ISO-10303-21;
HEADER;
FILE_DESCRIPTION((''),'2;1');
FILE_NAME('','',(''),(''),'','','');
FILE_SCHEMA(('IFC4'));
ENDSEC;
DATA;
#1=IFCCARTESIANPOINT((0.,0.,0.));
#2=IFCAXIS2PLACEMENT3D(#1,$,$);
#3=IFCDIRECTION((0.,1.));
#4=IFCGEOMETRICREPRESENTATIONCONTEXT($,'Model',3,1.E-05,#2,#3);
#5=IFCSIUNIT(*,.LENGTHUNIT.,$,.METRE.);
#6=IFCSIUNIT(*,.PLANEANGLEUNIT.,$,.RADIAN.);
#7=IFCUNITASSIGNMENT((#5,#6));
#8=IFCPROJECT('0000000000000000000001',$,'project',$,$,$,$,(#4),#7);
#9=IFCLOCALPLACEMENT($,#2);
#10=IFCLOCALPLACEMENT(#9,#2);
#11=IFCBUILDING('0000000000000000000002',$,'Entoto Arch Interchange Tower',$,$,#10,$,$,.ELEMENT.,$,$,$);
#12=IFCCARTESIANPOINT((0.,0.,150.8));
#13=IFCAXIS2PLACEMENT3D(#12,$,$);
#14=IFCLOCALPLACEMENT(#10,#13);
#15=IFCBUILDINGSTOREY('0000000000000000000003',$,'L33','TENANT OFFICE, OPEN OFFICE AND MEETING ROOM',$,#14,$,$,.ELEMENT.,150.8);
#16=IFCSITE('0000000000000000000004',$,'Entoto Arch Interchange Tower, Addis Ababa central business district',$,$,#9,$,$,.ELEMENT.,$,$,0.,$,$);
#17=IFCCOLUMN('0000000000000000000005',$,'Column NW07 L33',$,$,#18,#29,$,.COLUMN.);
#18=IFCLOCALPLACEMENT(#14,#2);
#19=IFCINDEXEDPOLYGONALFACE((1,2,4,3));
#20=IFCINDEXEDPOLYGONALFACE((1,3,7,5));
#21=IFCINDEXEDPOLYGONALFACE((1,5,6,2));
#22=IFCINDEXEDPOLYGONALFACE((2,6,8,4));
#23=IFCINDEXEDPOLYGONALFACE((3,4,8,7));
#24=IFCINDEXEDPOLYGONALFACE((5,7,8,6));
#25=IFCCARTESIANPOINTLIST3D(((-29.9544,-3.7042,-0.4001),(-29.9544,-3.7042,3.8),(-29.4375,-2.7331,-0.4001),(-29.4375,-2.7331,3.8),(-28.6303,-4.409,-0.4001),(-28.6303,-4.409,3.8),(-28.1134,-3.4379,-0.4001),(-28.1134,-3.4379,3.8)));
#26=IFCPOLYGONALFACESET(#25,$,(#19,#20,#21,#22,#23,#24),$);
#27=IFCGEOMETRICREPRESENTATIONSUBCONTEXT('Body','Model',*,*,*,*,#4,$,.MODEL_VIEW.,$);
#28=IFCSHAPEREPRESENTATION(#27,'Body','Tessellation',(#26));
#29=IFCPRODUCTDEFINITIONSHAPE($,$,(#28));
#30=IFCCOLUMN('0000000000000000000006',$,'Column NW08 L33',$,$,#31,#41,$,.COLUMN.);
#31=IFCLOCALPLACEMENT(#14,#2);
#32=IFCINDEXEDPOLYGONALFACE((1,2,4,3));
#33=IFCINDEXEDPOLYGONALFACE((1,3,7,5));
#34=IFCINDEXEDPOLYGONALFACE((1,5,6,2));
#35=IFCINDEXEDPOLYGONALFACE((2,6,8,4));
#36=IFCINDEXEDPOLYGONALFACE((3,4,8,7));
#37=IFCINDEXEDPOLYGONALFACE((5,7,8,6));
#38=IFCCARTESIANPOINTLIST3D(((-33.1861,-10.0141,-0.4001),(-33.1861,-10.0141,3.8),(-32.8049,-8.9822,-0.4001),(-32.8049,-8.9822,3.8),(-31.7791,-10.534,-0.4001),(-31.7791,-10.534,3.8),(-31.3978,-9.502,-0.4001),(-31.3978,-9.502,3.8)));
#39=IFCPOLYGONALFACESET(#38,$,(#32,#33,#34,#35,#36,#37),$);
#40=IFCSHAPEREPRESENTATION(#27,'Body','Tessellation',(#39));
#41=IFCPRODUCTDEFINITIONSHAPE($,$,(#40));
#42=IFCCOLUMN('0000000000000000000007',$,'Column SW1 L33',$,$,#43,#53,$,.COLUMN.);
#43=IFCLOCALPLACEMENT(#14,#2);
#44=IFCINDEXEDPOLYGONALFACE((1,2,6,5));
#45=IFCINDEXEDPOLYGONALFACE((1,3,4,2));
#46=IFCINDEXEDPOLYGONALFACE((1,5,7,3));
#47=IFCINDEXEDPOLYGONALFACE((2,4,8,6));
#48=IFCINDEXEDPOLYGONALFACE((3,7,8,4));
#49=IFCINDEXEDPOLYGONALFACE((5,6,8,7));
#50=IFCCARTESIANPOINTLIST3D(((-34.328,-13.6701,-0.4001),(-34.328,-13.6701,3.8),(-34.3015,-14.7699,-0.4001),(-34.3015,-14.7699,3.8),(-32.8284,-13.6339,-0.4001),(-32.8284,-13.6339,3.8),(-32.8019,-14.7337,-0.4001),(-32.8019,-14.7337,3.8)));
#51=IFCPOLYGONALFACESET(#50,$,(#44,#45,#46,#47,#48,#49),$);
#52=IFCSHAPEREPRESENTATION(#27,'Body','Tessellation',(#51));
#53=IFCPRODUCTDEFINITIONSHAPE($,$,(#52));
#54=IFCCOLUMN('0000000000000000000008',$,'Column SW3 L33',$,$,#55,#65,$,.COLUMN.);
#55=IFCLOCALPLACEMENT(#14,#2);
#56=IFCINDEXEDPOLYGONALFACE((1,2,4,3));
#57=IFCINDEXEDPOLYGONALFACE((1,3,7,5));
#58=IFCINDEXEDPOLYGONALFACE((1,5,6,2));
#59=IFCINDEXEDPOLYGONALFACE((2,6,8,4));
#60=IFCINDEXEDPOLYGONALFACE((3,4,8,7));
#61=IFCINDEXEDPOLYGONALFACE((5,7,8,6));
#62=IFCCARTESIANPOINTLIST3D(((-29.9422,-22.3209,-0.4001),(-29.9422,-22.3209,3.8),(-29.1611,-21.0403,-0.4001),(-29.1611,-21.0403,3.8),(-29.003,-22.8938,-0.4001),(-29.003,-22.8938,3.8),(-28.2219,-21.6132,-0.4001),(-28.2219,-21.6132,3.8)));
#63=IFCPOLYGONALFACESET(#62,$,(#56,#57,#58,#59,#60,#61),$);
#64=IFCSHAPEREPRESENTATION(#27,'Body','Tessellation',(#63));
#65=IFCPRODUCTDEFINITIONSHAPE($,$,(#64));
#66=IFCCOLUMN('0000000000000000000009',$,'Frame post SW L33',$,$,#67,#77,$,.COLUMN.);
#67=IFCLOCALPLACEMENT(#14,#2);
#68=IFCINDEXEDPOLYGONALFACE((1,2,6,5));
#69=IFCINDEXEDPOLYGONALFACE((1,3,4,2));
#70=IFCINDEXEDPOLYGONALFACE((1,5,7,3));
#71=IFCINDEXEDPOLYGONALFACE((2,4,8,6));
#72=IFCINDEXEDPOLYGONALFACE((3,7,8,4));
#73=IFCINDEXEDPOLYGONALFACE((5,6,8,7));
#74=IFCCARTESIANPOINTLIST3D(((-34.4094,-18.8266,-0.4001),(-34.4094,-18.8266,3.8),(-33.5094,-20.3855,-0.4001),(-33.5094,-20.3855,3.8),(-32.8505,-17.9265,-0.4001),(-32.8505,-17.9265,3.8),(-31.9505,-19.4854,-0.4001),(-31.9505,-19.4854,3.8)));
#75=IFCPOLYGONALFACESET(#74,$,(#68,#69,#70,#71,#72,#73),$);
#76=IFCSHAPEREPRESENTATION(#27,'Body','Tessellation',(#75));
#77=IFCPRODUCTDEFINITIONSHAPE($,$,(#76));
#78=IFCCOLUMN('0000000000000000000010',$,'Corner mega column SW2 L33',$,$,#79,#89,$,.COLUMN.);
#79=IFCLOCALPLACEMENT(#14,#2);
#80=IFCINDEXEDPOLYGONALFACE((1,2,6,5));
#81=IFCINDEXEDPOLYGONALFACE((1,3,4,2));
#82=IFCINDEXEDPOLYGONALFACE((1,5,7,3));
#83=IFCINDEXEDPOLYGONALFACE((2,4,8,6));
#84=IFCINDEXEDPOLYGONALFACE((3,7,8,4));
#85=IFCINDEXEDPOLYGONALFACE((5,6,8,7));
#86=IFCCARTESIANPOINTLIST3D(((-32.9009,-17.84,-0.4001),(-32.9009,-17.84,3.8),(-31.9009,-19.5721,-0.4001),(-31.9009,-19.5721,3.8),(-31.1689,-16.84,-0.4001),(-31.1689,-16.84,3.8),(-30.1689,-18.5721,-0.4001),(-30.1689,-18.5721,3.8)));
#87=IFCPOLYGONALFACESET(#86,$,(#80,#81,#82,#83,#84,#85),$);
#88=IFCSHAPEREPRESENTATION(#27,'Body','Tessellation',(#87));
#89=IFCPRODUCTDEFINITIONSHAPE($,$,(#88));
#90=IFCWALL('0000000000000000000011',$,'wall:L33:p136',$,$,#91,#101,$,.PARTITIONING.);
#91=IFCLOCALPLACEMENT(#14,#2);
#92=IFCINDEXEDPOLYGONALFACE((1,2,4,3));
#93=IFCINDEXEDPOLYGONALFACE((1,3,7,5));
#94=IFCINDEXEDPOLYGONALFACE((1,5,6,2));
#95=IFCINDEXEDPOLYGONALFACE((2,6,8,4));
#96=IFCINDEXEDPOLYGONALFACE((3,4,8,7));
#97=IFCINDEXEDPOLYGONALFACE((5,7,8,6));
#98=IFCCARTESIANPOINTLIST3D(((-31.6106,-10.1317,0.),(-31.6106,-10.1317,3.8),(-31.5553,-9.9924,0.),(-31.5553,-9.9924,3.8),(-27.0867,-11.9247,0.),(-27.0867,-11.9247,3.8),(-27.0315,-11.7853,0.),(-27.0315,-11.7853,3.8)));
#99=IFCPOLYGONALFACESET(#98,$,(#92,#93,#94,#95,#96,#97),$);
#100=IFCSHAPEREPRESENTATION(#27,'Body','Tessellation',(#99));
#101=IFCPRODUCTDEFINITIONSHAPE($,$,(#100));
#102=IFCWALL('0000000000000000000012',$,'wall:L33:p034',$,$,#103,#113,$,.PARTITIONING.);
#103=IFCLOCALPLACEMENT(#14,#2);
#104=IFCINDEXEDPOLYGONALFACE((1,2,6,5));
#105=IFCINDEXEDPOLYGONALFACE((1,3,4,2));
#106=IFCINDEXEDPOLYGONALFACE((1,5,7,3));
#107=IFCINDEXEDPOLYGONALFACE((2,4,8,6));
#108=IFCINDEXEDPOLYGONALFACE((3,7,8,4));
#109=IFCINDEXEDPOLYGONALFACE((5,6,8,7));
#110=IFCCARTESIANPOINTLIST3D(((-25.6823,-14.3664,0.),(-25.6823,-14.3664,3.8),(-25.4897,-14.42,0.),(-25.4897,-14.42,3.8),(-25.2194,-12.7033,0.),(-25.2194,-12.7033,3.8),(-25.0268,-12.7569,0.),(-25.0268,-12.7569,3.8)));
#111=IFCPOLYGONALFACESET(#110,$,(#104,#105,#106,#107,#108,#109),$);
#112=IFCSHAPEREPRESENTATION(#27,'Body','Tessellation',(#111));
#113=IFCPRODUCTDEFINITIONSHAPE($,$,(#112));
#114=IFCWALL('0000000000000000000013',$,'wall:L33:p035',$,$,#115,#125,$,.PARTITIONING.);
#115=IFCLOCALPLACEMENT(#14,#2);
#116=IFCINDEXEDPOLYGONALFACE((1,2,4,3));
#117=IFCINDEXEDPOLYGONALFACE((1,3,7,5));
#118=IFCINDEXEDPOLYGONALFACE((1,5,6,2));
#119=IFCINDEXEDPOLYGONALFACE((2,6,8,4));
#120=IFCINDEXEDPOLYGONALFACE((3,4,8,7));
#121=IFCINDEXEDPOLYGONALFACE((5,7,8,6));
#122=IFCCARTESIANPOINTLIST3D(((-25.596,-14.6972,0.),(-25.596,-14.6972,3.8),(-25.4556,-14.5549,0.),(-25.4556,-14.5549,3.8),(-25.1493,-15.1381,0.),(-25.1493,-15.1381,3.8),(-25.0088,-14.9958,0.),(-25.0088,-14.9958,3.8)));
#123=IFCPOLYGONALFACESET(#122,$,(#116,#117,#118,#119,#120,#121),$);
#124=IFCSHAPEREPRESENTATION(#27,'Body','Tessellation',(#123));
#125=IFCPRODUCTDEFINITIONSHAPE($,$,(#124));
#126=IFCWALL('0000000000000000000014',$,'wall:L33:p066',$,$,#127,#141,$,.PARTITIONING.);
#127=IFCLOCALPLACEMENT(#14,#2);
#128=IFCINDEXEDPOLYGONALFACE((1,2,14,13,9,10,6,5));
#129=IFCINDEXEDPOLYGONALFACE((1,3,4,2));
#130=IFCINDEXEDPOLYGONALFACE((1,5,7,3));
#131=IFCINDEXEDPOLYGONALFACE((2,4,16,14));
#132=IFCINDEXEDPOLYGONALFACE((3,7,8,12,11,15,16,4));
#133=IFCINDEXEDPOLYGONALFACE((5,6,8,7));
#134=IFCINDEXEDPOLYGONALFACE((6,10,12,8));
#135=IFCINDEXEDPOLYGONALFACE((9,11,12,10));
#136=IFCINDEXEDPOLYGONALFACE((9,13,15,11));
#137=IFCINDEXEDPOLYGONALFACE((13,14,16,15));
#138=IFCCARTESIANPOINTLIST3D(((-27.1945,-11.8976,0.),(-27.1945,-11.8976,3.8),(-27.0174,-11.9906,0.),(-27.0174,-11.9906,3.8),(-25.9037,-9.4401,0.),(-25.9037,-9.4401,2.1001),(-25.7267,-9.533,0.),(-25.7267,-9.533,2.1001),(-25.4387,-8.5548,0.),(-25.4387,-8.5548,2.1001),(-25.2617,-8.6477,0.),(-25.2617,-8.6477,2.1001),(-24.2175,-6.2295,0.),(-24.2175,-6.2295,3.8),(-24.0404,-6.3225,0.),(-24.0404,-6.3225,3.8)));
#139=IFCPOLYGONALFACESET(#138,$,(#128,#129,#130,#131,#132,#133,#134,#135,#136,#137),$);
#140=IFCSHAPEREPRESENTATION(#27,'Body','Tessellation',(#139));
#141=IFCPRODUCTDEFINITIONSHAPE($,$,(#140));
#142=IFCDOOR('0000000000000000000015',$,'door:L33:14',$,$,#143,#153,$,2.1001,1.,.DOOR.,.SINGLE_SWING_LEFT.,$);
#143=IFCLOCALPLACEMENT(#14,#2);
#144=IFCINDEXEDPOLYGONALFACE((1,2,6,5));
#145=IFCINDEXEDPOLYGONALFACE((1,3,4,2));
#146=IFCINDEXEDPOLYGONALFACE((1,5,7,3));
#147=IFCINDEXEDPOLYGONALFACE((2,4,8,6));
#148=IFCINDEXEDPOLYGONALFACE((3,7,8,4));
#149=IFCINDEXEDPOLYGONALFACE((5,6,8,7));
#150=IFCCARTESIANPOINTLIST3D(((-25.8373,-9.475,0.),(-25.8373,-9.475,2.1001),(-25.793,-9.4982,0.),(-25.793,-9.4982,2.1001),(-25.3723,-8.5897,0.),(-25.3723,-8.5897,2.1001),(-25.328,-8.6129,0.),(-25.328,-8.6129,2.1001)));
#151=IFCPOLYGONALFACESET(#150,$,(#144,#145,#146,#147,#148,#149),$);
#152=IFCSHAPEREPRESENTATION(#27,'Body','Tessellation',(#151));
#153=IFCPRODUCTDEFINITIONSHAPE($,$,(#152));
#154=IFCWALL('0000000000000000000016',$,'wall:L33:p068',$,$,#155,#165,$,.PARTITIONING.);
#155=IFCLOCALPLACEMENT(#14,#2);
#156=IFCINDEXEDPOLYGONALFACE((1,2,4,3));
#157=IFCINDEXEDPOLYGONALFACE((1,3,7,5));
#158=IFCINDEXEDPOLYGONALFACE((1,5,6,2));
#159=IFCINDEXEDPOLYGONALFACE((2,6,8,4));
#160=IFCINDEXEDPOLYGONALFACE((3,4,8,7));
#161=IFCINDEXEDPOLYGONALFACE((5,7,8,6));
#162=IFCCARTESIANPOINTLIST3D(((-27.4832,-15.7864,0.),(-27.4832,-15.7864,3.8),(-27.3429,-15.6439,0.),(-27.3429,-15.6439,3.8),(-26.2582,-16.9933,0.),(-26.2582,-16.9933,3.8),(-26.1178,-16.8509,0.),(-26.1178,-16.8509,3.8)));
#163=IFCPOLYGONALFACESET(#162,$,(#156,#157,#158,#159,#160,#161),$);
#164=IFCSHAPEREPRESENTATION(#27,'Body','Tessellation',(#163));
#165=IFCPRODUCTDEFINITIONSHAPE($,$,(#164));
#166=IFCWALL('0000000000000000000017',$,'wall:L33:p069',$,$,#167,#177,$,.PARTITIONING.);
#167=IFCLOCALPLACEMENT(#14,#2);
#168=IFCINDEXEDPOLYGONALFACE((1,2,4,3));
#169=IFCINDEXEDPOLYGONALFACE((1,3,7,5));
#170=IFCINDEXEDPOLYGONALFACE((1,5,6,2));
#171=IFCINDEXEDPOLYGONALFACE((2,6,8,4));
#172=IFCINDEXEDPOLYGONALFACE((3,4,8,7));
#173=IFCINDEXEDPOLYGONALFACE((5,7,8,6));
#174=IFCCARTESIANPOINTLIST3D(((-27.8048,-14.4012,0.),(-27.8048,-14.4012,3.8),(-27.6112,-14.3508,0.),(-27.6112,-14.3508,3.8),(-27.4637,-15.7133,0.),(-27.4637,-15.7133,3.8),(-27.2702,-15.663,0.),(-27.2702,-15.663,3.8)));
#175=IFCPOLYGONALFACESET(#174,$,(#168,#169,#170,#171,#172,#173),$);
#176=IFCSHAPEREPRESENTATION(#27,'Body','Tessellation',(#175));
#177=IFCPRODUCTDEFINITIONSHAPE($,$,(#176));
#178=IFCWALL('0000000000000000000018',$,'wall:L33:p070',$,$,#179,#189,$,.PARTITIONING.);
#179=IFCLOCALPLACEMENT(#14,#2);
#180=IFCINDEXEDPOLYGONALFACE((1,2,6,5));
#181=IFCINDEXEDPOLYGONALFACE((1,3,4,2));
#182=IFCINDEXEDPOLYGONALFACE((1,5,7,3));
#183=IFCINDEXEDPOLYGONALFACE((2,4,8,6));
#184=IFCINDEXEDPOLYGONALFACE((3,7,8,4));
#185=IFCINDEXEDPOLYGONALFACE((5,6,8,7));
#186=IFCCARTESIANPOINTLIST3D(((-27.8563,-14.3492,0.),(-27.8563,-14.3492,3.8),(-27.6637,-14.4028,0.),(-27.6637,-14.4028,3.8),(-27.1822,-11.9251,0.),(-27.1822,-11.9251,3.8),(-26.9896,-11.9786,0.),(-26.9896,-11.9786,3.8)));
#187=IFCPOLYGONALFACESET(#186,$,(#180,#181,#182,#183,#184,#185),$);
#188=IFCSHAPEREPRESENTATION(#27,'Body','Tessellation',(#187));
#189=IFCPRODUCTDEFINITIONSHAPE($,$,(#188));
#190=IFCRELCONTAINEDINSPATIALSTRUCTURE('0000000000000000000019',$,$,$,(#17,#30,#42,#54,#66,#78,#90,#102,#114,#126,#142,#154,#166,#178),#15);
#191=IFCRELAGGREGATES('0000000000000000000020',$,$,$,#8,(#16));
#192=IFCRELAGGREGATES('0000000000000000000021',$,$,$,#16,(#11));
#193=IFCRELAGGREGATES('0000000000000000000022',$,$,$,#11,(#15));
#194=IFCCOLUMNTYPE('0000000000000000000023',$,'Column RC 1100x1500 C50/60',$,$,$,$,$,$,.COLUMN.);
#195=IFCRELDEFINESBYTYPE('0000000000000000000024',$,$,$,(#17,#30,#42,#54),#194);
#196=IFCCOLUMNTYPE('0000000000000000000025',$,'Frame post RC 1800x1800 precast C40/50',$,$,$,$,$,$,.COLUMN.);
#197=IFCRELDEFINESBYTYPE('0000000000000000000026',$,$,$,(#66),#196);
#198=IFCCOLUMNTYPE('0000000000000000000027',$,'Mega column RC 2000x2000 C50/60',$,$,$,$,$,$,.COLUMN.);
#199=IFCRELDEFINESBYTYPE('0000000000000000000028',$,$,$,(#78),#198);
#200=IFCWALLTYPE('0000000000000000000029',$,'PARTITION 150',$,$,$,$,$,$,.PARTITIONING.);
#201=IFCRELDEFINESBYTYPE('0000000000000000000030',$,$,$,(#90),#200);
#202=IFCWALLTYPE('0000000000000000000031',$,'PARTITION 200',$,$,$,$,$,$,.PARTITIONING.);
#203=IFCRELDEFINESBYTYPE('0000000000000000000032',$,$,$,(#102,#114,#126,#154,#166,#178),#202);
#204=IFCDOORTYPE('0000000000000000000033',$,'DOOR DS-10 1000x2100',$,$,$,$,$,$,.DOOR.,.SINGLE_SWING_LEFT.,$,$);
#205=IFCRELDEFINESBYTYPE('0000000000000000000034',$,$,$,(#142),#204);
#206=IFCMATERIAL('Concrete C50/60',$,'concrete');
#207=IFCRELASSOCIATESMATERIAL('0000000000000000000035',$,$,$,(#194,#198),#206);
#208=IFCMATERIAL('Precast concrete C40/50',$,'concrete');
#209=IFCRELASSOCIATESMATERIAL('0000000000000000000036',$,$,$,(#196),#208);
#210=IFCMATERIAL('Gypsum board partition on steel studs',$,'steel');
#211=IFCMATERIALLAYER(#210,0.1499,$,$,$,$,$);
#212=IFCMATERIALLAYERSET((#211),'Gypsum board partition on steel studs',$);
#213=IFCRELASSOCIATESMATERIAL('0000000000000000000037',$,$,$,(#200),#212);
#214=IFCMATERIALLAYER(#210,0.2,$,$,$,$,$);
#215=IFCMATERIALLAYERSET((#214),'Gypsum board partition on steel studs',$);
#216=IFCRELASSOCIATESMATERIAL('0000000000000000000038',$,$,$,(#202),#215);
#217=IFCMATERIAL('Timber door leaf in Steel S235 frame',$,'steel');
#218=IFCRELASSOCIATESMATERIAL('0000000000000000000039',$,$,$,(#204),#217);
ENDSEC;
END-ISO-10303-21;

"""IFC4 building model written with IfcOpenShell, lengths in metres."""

from ifc_helpers import new_model, si_unit, direction, frame, frame_2d, origin, origin_2d, place, context, subcontext, project, spatial, rectangle, extrude, material, layer, layer_set, material_profile, profile_set, type_object, element, fill, save


model = new_model("IFC4")

# Units and contexts
model_context = context("Model", 3, precision=1e-05, world=origin(), true_north=direction((0.0, 1.0)))
body_context = subcontext(model_context, "Body", "Model", "MODEL_VIEW")
ifc_project = project(units=[si_unit("LENGTHUNIT", "METRE"), si_unit("PLANEANGLEUNIT", "RADIAN")], contexts=[model_context])

# Site, building, storey
site_placement = place(None, origin())
site = spatial("IfcSite", under=ifc_project, at=site_placement, Name="Entoto Arch Interchange Tower, Addis Ababa central business district", CompositionType="ELEMENT", RefElevation=0.0)
building_placement = place(site_placement, origin())
building = spatial("IfcBuilding", under=site, at=building_placement, Name="Entoto Arch Interchange Tower", CompositionType="ELEMENT")
storey_placement = place(building_placement, frame((0.0, 0.0, 150.8)))
storey = spatial("IfcBuildingStorey", under=building, at=storey_placement, Name="L33", Description="TENANT OFFICE, OPEN OFFICE AND MEETING ROOM", CompositionType="ELEMENT", Elevation=150.8)

# Columns
ifc_material_1 = material(Name="Concrete C50/60", Category="concrete")
ifc_material_profile_1 = material_profile(ifc_material_1, rectangle(XDim=1.1001, YDim=1.5, at=origin_2d()))
ifc_profile_set_1 = profile_set([ifc_material_profile_1], Name="Concrete C50/60")
column_type_1 = type_object("IfcColumnType", Name="Column RC 1100x1500 C50/60", PredefinedType="COLUMN", material=ifc_profile_set_1)
for number, where, z_axis, x_axis, name in (
    (1, (-29.0339, -3.571, -0.4001), (0.0, 0.0, 1.0), (0.469857, 0.882743, 0.0), "Column NW07 L33"),
    (2, (-32.292, -9.7581, -0.4001), (0.0, 0.0, 1.0), (0.346592, 0.938016, 0.0), "Column NW08 L33"),
    (3, (-33.5649, -14.2019, -0.4001), (0.0, 0.0, 1.0), (-0.024118, 0.999709, 0.0), "Column SW1 L33"),
    (4, (-29.082, -21.967, -0.4001), (0.0, 0.0, 1.0), (-0.853714, 0.520741, 0.0), "Column SW3 L33"),
):
    element("IfcColumn", number, at=place(storey_placement, frame(where, z_axis=z_axis, x_axis=x_axis)), inside=storey, type_object=column_type_1, Name=name, PredefinedType="COLUMN", context=body_context, shape_type="SweptSolid", body=[
        extrude(rectangle(XDim=1.1001, YDim=1.5, at=origin_2d()), origin(), (0.0, 0.0, 1.0), 4.2002),
    ])
ifc_material_2 = material(Name="Precast concrete C40/50", Category="concrete")
ifc_material_profile_2 = material_profile(ifc_material_2, rectangle(XDim=1.8, YDim=1.8, at=origin_2d()))
ifc_profile_set_2 = profile_set([ifc_material_profile_2], Name="Precast concrete C40/50")
column_type_2 = type_object("IfcColumnType", Name="Frame post RC 1800x1800 precast C40/50", PredefinedType="COLUMN", material=ifc_profile_set_2)
column_1_placement = place(storey_placement, frame((-33.1799, -19.156, -0.4001), z_axis=(0.0, 0.0, 1.0), x_axis=(0.866025, 0.5, 0.0)))
element("IfcColumn", 5, at=column_1_placement, inside=storey, type_object=column_type_2, Name="Frame post SW L33", PredefinedType="COLUMN", context=body_context, shape_type="SweptSolid", body=[
    extrude(rectangle(XDim=1.8, YDim=1.8, at=origin_2d()), origin(), (0.0, 0.0, 1.0), 4.2002),
])
ifc_material_profile_3 = material_profile(ifc_material_1, rectangle(XDim=2.0, YDim=2.0, at=origin_2d()))
ifc_profile_set_3 = profile_set([ifc_material_profile_3], Name="Concrete C50/60")
column_type_3 = type_object("IfcColumnType", Name="Mega column RC 2000x2000 C50/60", PredefinedType="COLUMN", material=ifc_profile_set_3)
column_2_placement = place(storey_placement, frame((-31.5349, -18.2061, -0.4001), z_axis=(0.0, 0.0, 1.0), x_axis=(0.866025, 0.5, 0.0)))
element("IfcColumn", 6, at=column_2_placement, inside=storey, type_object=column_type_3, Name="Corner mega column SW2 L33", PredefinedType="COLUMN", context=body_context, shape_type="SweptSolid", body=[
    extrude(rectangle(XDim=2.0, YDim=2.0, at=origin_2d()), origin(), (0.0, 0.0, 1.0), 4.2002),
])

# Walls
ifc_material_3 = material(Name="Gypsum board partition on steel studs", Category="steel")
ifc_layer_1 = layer(ifc_material_3, 0.1499)
ifc_layer_set_1 = layer_set([ifc_layer_1], Name="Gypsum board partition on steel studs")
wall_type_1 = type_object("IfcWallType", Name="PARTITION 150", PredefinedType="PARTITIONING", material=ifc_layer_set_1)
wall_1_placement = place(storey_placement, frame((-27.0591, -11.855, 0.0), z_axis=(0.0, 0.0, 1.0), x_axis=(-0.929648, 0.368448, 0.0)))
element("IfcWall", 7, at=wall_1_placement, inside=storey, type_object=wall_type_1, Name="wall:L33:p136", PredefinedType="PARTITIONING", context=body_context, shape_type="SweptSolid", body=[
    extrude(rectangle(XDim=4.8662, YDim=0.1499, at=frame_2d((2.4331, 0.0))), origin(), (0.0, 0.0, 1.0), 3.8),
])
ifc_layer_2 = layer(ifc_material_3, 0.2)
ifc_layer_set_2 = layer_set([ifc_layer_2], Name="Gypsum board partition on steel studs")
wall_type_2 = type_object("IfcWallType", Name="PARTITION 200", PredefinedType="PARTITIONING", material=ifc_layer_set_2)
wall_2_placement = place(storey_placement, frame((-25.123, -12.73, 0.0), z_axis=(0.0, 0.0, 1.0), x_axis=(-0.26814, -0.96338, 0.0)))
element("IfcWall", 8, at=wall_2_placement, inside=storey, type_object=wall_type_2, Name="wall:L33:p034", PredefinedType="PARTITIONING", context=body_context, shape_type="SweptSolid", body=[
    extrude(rectangle(XDim=1.7263, YDim=0.2, at=frame_2d((0.8633, 0.0))), origin(), (0.0, 0.0, 1.0), 3.8),
])
wall_3_placement = place(storey_placement, frame((-25.5259, -14.626, 0.0), z_axis=(0.0, 0.0, 1.0), x_axis=(0.711759, -0.702424, 0.0)))
element("IfcWall", 9, at=wall_3_placement, inside=storey, type_object=wall_type_2, Name="wall:L33:p035", PredefinedType="PARTITIONING", context=body_context, shape_type="SweptSolid", body=[
    extrude(rectangle(XDim=0.6277, YDim=0.2, at=frame_2d((0.314, 0.0))), origin(), (0.0, 0.0, 1.0), 3.8),
])

# Wall, opening, door
wall_4_placement = place(storey_placement, frame((-27.106, -11.9441, 0.0), z_axis=(0.0, 0.0, 1.0), x_axis=(0.464986, 0.885318, 0.0)))
wall_4 = element("IfcWall", 10, at=wall_4_placement, inside=storey, type_object=wall_type_2, Name="wall:L33:p066", PredefinedType="PARTITIONING", context=body_context, shape_type="SweptSolid", body=[
    extrude(rectangle(XDim=6.4023, YDim=0.2, at=frame_2d((3.2012, 0.0))), origin(), (0.0, 0.0, 1.0), 3.8),
])
opening_1_placement = place(wall_4_placement, frame((2.7759, 0.0, 0.0)))
opening_1 = element("IfcOpeningElement", 11, at=opening_1_placement, cuts=wall_4, PredefinedType="OPENING", context=body_context, shape_type="SweptSolid", body=[
    extrude(rectangle(XDim=1.0, YDim=2.1001, at=frame_2d((0.5, 1.05))), frame((0.0, 0.1099, 0.0), z_axis=(0.0, -1.0, 0.0), x_axis=(1.0, 0.0, 0.0)), (0.0, 0.0, 1.0), 0.22),
])
ifc_material_4 = material(Name="Timber door leaf in Steel S235 frame", Category="steel")
door_type = type_object("IfcDoorType", Name="DOOR DS-10 1000x2100", OperationType="SINGLE_SWING_LEFT", PredefinedType="DOOR", material=ifc_material_4)
door_placement = place(opening_1_placement, origin())
door = element("IfcDoor", 12, at=door_placement, inside=storey, type_object=door_type, Name="door:L33:14", OperationType="SINGLE_SWING_LEFT", OverallHeight=2.1001, OverallWidth=1.0, PredefinedType="DOOR", context=body_context, shape_type="SweptSolid", body=[
    extrude(rectangle(XDim=1.0, YDim=2.1001, at=frame_2d((0.5, 1.05))), frame((0.0, 0.0249, 0.0), z_axis=(0.0, -1.0, 0.0), x_axis=(1.0, 0.0, 0.0)), (0.0, 0.0, 1.0), 0.05),
])
fill(opening_1, door)

# Walls
wall_5_placement = place(storey_placement, frame((-26.188, -16.9221, 0.0), z_axis=(0.0, 0.0, 1.0), x_axis=(-0.71234, 0.701835, 0.0)))
element("IfcWall", 13, at=wall_5_placement, inside=storey, type_object=wall_type_2, Name="wall:L33:p068", PredefinedType="PARTITIONING", context=body_context, shape_type="SweptSolid", body=[
    extrude(rectangle(XDim=1.7197, YDim=0.2, at=frame_2d((0.8599, 0.0))), origin(), (0.0, 0.0, 1.0), 3.8),
])
wall_6_placement = place(storey_placement, frame((-27.3669, -15.688, 0.0), z_axis=(0.0, 0.0, 1.0), x_axis=(-0.251593, 0.967833, 0.0)))
element("IfcWall", 14, at=wall_6_placement, inside=storey, type_object=wall_type_2, Name="wall:L33:p069", PredefinedType="PARTITIONING", context=body_context, shape_type="SweptSolid", body=[
    extrude(rectangle(XDim=1.3557, YDim=0.2, at=frame_2d((0.6777, 0.0))), origin(), (0.0, 0.0, 1.0), 3.8),
])
wall_7_placement = place(storey_placement, frame((-27.76, -14.376, 0.0), z_axis=(0.0, 0.0, 1.0), x_axis=(0.267909, 0.963444, 0.0)))
element("IfcWall", 15, at=wall_7_placement, inside=storey, type_object=wall_type_2, Name="wall:L33:p070", PredefinedType="PARTITIONING", context=body_context, shape_type="SweptSolid", body=[
    extrude(rectangle(XDim=2.5161, YDim=0.2, at=frame_2d((1.2581, 0.0))), origin(), (0.0, 0.0, 1.0), 3.8),
])

save(model, "model.ifc")
